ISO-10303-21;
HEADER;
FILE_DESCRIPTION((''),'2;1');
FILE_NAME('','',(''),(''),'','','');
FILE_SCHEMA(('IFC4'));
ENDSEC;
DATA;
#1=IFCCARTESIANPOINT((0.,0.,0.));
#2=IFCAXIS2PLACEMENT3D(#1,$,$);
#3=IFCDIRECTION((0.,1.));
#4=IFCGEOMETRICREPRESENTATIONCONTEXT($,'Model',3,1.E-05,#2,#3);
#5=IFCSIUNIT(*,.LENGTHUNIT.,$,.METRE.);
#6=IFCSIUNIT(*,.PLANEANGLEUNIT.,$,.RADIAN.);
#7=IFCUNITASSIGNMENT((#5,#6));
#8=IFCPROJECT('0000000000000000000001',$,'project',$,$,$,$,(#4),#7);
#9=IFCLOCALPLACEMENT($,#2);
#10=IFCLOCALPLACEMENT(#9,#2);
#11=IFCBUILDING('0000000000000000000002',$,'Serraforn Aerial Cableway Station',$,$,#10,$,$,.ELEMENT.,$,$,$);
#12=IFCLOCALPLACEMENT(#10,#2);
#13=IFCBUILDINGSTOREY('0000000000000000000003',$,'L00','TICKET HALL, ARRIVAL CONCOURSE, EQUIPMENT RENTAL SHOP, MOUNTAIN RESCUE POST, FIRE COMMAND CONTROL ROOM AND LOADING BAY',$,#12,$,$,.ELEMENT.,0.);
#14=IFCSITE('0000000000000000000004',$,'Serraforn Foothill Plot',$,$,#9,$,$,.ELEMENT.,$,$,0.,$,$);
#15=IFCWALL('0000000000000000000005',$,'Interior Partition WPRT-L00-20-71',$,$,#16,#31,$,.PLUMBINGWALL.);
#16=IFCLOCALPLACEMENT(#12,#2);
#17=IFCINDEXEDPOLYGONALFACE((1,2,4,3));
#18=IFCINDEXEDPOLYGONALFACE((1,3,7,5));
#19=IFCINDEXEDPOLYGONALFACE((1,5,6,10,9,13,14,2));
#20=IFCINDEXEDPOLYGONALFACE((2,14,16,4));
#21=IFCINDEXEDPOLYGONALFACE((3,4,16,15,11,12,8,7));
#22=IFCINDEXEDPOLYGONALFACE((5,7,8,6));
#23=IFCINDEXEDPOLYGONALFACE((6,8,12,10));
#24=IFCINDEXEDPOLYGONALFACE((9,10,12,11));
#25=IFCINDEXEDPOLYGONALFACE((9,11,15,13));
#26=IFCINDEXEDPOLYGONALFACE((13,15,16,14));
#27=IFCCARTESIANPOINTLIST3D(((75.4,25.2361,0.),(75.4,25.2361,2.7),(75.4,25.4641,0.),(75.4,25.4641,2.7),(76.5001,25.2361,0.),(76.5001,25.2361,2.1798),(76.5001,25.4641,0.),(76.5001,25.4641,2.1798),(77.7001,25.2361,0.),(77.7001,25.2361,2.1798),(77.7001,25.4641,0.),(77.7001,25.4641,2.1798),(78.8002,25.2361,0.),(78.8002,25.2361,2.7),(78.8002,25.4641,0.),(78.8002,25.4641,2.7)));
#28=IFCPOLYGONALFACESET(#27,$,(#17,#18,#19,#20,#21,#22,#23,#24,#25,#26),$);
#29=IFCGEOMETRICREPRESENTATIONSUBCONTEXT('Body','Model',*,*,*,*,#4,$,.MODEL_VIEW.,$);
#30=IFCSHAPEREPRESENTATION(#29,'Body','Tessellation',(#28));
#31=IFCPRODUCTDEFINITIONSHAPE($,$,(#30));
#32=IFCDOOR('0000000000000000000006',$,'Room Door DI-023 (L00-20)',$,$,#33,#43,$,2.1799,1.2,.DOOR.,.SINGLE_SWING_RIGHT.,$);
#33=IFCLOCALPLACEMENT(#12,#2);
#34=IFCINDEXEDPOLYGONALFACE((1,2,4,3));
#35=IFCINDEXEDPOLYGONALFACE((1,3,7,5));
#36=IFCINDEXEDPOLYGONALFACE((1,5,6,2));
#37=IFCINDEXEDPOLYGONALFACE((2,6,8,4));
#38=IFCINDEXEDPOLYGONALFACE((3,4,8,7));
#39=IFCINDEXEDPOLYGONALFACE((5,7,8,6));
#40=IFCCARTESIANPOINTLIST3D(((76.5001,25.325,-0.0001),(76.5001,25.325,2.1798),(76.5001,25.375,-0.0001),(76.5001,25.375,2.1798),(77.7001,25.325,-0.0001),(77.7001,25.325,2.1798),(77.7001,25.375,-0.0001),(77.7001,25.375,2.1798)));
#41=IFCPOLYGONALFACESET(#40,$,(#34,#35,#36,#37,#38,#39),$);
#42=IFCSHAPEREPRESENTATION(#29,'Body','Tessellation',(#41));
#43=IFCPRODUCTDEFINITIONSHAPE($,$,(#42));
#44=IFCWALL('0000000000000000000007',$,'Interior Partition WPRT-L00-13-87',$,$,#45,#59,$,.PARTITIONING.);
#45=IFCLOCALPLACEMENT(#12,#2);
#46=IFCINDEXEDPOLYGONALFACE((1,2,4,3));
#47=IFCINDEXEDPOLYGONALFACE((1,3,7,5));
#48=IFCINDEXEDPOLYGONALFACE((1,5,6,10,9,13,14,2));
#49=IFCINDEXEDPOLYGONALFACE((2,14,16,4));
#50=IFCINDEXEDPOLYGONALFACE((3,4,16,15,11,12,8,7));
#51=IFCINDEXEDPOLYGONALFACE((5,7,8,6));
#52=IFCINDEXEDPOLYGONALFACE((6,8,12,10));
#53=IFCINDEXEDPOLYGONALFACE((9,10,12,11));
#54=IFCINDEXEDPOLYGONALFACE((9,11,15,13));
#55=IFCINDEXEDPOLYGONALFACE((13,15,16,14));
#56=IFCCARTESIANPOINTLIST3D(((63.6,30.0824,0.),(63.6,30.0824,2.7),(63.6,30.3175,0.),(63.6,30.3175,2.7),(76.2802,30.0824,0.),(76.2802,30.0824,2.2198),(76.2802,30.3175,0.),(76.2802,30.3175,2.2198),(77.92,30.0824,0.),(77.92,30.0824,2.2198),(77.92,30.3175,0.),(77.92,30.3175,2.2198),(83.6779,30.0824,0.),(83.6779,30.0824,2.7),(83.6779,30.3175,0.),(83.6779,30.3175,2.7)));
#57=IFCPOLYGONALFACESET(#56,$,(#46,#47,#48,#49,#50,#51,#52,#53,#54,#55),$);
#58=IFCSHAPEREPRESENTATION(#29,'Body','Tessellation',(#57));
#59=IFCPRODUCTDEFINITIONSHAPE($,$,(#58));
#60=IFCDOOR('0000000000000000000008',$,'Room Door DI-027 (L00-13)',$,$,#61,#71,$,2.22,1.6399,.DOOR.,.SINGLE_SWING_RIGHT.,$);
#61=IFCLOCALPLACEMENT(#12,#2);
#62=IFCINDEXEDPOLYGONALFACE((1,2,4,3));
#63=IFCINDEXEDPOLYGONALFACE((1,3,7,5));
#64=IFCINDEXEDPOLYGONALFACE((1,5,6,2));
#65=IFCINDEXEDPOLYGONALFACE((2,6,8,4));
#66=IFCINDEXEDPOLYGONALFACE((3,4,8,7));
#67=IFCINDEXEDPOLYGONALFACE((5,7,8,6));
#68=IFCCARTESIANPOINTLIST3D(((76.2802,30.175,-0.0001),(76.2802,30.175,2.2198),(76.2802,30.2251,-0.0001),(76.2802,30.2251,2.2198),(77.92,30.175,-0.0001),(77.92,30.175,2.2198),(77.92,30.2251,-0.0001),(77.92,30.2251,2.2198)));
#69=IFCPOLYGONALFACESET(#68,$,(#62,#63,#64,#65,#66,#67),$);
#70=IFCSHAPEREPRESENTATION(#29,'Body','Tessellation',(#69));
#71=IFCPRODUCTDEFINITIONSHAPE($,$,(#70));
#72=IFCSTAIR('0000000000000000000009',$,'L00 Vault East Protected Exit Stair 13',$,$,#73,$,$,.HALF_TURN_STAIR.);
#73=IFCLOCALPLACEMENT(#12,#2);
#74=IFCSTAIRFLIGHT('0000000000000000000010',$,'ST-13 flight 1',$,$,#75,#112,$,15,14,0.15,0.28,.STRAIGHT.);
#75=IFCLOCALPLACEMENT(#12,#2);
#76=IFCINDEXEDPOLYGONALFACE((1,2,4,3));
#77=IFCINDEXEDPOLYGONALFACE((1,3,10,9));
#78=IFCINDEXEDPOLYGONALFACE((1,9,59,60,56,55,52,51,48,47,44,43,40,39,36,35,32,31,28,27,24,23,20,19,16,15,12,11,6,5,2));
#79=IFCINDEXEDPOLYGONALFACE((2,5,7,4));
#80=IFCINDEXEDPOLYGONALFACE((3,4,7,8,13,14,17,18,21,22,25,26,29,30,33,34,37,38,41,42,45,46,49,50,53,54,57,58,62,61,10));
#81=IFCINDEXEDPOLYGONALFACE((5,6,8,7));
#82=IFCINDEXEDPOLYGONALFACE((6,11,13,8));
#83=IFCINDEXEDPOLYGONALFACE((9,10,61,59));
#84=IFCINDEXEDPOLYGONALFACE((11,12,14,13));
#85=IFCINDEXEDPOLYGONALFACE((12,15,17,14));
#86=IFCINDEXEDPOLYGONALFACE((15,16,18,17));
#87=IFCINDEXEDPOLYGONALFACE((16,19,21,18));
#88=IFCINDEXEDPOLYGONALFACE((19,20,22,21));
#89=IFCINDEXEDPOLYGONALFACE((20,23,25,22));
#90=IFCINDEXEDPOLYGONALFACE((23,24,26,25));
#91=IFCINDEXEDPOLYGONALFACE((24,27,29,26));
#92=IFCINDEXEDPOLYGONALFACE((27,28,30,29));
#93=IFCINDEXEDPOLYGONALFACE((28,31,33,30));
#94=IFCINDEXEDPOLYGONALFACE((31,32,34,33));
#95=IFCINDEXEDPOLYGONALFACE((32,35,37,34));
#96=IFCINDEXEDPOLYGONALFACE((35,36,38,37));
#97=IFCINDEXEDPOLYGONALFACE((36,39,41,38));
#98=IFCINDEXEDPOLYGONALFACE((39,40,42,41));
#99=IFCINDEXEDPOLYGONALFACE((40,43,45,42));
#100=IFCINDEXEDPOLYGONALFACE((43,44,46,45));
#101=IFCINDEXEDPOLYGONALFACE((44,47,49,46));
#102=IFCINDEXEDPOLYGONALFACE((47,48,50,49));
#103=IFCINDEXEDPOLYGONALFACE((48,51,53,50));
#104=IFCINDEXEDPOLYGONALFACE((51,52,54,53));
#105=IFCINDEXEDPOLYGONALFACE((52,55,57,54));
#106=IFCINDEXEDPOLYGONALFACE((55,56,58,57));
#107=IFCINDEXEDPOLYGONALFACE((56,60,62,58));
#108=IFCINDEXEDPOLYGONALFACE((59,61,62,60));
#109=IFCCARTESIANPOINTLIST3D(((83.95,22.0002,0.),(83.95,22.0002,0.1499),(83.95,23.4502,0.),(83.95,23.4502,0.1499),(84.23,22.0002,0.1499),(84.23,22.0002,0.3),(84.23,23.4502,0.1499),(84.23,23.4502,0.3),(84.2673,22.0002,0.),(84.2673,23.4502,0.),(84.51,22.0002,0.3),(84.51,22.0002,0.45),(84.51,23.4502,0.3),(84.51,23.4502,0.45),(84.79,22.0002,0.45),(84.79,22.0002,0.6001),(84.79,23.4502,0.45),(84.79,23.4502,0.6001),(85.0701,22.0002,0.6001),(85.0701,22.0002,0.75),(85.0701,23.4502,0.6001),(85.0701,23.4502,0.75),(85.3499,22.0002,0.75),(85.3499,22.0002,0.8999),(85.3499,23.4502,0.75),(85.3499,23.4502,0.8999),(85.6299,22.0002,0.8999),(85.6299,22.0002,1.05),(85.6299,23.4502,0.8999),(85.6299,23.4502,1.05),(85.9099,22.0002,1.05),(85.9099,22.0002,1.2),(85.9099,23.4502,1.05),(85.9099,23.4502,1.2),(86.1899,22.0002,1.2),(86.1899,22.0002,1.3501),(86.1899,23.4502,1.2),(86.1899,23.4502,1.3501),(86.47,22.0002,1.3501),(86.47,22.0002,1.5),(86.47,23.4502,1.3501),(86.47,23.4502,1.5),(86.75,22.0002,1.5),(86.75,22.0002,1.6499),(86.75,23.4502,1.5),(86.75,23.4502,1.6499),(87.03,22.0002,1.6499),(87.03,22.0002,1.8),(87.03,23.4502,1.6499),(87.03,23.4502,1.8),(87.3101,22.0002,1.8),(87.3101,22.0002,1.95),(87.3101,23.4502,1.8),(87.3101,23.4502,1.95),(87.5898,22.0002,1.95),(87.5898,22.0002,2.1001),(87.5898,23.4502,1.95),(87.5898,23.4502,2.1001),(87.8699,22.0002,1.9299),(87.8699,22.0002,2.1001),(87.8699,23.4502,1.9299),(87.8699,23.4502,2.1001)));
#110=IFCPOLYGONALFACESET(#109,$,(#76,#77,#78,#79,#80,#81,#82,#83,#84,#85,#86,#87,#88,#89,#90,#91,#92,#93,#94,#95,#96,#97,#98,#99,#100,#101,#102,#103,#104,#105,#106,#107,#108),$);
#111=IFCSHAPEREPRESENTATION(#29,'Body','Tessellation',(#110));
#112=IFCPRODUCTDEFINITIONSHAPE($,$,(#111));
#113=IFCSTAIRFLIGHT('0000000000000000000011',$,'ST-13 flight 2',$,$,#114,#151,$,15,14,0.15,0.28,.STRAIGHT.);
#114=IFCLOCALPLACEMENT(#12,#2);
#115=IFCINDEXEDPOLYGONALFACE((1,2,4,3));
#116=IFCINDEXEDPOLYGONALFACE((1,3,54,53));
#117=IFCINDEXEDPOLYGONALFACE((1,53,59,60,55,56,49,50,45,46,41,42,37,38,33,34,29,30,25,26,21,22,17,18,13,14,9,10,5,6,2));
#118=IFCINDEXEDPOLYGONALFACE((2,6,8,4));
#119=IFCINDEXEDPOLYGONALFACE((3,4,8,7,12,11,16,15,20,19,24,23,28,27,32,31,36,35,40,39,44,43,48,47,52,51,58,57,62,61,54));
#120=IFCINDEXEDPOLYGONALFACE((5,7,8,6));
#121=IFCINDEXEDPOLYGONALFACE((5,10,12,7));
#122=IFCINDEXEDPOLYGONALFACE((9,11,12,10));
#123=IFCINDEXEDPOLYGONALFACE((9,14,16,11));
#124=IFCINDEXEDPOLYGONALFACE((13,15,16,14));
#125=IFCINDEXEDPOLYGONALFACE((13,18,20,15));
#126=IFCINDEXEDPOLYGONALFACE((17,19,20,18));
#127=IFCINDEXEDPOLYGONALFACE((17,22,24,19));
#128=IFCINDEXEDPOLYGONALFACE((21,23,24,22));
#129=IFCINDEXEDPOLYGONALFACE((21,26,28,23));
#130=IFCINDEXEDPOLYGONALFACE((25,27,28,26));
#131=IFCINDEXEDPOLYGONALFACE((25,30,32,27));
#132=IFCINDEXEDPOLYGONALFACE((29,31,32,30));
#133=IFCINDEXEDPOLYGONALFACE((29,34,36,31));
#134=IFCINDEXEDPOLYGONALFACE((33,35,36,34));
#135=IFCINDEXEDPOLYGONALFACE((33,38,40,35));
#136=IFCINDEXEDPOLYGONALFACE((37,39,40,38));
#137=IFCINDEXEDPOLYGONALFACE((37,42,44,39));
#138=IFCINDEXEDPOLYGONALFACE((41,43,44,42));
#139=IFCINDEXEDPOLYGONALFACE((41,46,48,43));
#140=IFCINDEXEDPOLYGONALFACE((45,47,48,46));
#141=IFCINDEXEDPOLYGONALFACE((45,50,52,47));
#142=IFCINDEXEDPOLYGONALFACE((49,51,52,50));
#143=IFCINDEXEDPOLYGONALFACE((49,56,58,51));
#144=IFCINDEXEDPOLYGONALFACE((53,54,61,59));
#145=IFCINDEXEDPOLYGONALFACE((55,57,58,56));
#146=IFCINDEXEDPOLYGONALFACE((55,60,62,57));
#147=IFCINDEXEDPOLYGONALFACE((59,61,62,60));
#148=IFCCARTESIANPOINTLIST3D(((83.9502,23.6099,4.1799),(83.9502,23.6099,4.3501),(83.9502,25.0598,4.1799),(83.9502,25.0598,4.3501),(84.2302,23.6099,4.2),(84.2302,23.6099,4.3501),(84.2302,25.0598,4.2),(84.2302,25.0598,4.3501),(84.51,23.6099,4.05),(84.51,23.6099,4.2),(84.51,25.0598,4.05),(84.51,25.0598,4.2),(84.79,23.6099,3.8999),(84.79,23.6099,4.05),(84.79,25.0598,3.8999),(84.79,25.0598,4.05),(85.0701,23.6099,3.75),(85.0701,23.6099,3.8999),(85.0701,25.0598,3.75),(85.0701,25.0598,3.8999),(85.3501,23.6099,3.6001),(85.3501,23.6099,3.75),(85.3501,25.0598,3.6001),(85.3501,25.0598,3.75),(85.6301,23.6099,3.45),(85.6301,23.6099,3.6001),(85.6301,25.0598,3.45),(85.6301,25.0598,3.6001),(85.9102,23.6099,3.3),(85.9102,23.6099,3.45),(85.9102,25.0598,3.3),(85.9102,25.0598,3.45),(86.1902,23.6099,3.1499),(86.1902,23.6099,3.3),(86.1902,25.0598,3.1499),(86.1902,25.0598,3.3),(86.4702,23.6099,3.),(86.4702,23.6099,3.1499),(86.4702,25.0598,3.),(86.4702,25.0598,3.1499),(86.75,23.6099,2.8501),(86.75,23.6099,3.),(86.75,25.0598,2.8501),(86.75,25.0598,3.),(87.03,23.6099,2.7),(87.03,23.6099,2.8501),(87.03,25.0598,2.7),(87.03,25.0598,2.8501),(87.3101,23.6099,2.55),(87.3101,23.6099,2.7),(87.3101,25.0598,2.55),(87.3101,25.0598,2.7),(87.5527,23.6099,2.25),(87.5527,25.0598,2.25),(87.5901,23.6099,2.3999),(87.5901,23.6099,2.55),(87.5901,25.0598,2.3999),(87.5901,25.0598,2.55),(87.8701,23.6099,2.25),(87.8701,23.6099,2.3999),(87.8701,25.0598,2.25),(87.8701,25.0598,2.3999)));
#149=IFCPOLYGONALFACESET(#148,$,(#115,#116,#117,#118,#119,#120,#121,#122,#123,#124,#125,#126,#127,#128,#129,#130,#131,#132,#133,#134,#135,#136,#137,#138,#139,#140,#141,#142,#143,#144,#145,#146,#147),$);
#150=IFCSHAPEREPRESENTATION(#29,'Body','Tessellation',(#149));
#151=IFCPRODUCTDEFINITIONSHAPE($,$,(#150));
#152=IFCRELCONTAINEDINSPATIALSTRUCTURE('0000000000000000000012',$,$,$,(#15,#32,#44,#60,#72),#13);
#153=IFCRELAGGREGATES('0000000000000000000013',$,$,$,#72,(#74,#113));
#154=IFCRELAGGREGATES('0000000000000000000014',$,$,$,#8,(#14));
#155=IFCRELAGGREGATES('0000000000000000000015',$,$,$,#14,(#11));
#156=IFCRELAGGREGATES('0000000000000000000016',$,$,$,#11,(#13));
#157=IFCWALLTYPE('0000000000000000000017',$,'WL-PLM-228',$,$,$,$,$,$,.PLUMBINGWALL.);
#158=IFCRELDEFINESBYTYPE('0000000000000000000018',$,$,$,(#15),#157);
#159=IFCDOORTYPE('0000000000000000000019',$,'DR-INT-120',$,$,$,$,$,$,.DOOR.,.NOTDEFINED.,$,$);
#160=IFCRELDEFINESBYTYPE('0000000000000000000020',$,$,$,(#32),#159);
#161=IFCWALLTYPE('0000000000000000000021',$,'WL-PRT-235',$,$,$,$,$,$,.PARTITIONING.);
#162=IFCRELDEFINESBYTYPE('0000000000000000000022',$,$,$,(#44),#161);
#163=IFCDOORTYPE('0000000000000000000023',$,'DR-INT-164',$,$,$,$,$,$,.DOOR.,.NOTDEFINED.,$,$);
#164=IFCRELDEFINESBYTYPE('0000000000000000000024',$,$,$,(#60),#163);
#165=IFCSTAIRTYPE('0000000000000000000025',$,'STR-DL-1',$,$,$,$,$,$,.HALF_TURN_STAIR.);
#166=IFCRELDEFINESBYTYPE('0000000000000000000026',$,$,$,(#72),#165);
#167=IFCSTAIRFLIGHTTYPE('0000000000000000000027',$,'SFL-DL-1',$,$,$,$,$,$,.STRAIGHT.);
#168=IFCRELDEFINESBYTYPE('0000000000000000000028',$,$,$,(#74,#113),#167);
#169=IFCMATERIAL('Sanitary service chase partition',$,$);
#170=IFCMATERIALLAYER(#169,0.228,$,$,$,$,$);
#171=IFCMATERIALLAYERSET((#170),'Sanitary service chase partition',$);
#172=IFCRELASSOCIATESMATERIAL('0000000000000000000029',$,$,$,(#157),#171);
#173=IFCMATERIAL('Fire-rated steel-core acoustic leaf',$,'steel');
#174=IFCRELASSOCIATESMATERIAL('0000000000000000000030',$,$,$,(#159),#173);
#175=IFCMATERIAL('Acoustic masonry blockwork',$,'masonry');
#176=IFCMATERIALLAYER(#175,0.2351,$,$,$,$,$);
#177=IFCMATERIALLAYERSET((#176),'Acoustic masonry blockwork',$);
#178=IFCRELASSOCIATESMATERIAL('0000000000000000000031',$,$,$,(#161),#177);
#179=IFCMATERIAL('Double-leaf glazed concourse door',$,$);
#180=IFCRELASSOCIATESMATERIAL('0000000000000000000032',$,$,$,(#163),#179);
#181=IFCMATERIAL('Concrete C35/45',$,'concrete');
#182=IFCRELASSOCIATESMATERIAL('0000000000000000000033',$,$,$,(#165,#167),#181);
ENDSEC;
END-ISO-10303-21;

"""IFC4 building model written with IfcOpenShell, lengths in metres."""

from ifc_helpers import new_model, si_unit, direction, frame, frame_2d, origin, place, context, subcontext, project, spatial, polyline, rectangle, outline, extrude, material, layer, layer_set, type_object, element, fill, aggregate, save


model = new_model("IFC4")

# Units and contexts
model_context = context("Model", 3, precision=1e-05, world=origin(), true_north=direction((0.0, 1.0)))
body_context = subcontext(model_context, "Body", "Model", "MODEL_VIEW")
ifc_project = project(units=[si_unit("LENGTHUNIT", "METRE"), si_unit("PLANEANGLEUNIT", "RADIAN")], contexts=[model_context])

# Site, building, storey
site_placement = place(None, origin())
site = spatial("IfcSite", under=ifc_project, at=site_placement, Name="Serraforn Foothill Plot", CompositionType="ELEMENT", RefElevation=0.0)
building_placement = place(site_placement, origin())
building = spatial("IfcBuilding", under=site, at=building_placement, Name="Serraforn Aerial Cableway Station", CompositionType="ELEMENT")
storey_placement = place(building_placement, origin())
storey = spatial("IfcBuildingStorey", under=building, at=storey_placement, Name="L00", Description="TICKET HALL, ARRIVAL CONCOURSE, EQUIPMENT RENTAL SHOP, MOUNTAIN RESCUE POST, FIRE COMMAND CONTROL ROOM AND LOADING BAY", CompositionType="ELEMENT", Elevation=0.0)

# Shared definitions
ifc_material_1 = material(Name="Concrete C35/45", Category="concrete")

# Shared definitions
ifc_material_2 = material(Name="Fire-rated steel-core acoustic leaf", Category="steel")

# Walls, openings, doors
ifc_material_3 = material(Name="Sanitary service chase partition")
ifc_layer_1 = layer(ifc_material_3, 0.228)
ifc_layer_set_1 = layer_set([ifc_layer_1], Name="Sanitary service chase partition")
wall_type_1 = type_object("IfcWallType", Name="WL-PLM-228", PredefinedType="PLUMBINGWALL", material=ifc_layer_set_1)
wall_1_placement = place(storey_placement, frame((75.3999, 25.3501, 0.0), z_axis=(0.0, 0.0, 1.0), x_axis=(1.0, 0.0, 0.0)))
wall_1 = element("IfcWall", 1, at=wall_1_placement, inside=storey, type_object=wall_type_1, Name="Interior Partition WPRT-L00-20-71", PredefinedType="PLUMBINGWALL", context=body_context, shape_type="SweptSolid", body=[
    extrude(rectangle(XDim=3.4001, YDim=0.228, at=frame_2d((1.7002, 0.0))), origin(), (0.0, 0.0, 1.0), 2.7),
])
opening_1_placement = place(wall_1_placement, frame((1.1001, 0.0, 0.0)))
opening_1 = element("IfcOpeningElement", 2, at=opening_1_placement, cuts=wall_1, PredefinedType="OPENING", context=body_context, shape_type="SweptSolid", body=[
    extrude(rectangle(XDim=1.2, YDim=2.1799, at=frame_2d((0.6001, 1.0898))), frame((0.0, 0.124, 0.0), z_axis=(0.0, -1.0, 0.0), x_axis=(1.0, 0.0, 0.0)), (0.0, 0.0, 1.0), 0.248),
])
door_type_1 = type_object("IfcDoorType", Name="DR-INT-120", OperationType="NOTDEFINED", PredefinedType="DOOR", material=ifc_material_2)
door_1_placement = place(opening_1_placement, origin())
door_1 = element("IfcDoor", 3, at=door_1_placement, inside=storey, type_object=door_type_1, Name="Room Door DI-023 (L00-20)", OperationType="SINGLE_SWING_RIGHT", OverallHeight=2.1799, OverallWidth=1.2, PredefinedType="DOOR", context=body_context, shape_type="SweptSolid", body=[
    extrude(rectangle(XDim=1.2, YDim=2.1799, at=frame_2d((0.6001, 1.0898))), frame((0.0, 0.0249, 0.0), z_axis=(0.0, -1.0, 0.0), x_axis=(1.0, 0.0, 0.0)), (0.0, 0.0, 1.0), 0.05),
])
fill(opening_1, door_1)
ifc_material_4 = material(Name="Acoustic masonry blockwork", Category="masonry")
ifc_layer_2 = layer(ifc_material_4, 0.2351)
ifc_layer_set_2 = layer_set([ifc_layer_2], Name="Acoustic masonry blockwork")
wall_type_2 = type_object("IfcWallType", Name="WL-PRT-235", PredefinedType="PARTITIONING", material=ifc_layer_set_2)
wall_2_placement = place(storey_placement, frame((83.678, 30.2, 0.0), z_axis=(0.0, 0.0, 1.0), x_axis=(-1.0, 0.0, 0.0)))
wall_2 = element("IfcWall", 4, at=wall_2_placement, inside=storey, type_object=wall_type_2, Name="Interior Partition WPRT-L00-13-87", PredefinedType="PARTITIONING", context=body_context, shape_type="SweptSolid", body=[
    extrude(rectangle(XDim=20.0779, YDim=0.2351, at=frame_2d((10.0391, 0.0))), origin(), (0.0, 0.0, 1.0), 2.7),
])
opening_2_placement = place(wall_2_placement, frame((5.7581, 0.0, 0.0)))
opening_2 = element("IfcOpeningElement", 5, at=opening_2_placement, cuts=wall_2, PredefinedType="OPENING", context=body_context, shape_type="SweptSolid", body=[
    extrude(rectangle(XDim=1.6399, YDim=2.22, at=frame_2d((0.8198, 1.1099))), frame((0.0, 0.1274, 0.0), z_axis=(0.0, -1.0, 0.0), x_axis=(1.0, 0.0, 0.0)), (0.0, 0.0, 1.0), 0.2551),
])
ifc_material_5 = material(Name="Double-leaf glazed concourse door")
door_type_2 = type_object("IfcDoorType", Name="DR-INT-164", OperationType="NOTDEFINED", PredefinedType="DOOR", material=ifc_material_5)
door_2_placement = place(opening_2_placement, origin())
door_2 = element("IfcDoor", 6, at=door_2_placement, inside=storey, type_object=door_type_2, Name="Room Door DI-027 (L00-13)", OperationType="SINGLE_SWING_RIGHT", OverallHeight=2.22, OverallWidth=1.6399, PredefinedType="DOOR", context=body_context, shape_type="SweptSolid", body=[
    extrude(rectangle(XDim=1.6399, YDim=2.22, at=frame_2d((0.8198, 1.1099))), frame((0.0, 0.0249, 0.0), z_axis=(0.0, -1.0, 0.0), x_axis=(1.0, 0.0, 0.0)), (0.0, 0.0, 1.0), 0.05),
])
fill(opening_2, door_2)

# Stair, stair flights
stair_type = type_object("IfcStairType", Name="STR-DL-1", PredefinedType="HALF_TURN_STAIR", material=ifc_material_1)
stair_placement = place(storey_placement, origin())
stair = element("IfcStair", 7, at=stair_placement, inside=storey, type_object=stair_type, Name="L00 Vault East Protected Exit Stair 13", PredefinedType="HALF_TURN_STAIR")
stair_flight_type = type_object("IfcStairFlightType", Name="SFL-DL-1", PredefinedType="STRAIGHT", material=ifc_material_1)
stair_flight_1_placement = place(storey_placement, frame((83.95, 22.7251, 0.0), z_axis=(0.0, 0.0, 1.0), x_axis=(1.0, 0.0, 0.0)))
stair_flight_1 = element("IfcStairFlight", 8, at=stair_flight_1_placement, type_object=stair_flight_type, Name="ST-13 flight 1", NumberOfRisers=15, NumberOfTreads=14, PredefinedType="STRAIGHT", RiserHeight=0.15, TreadLength=0.28, context=body_context, shape_type="SweptSolid", body=[
    extrude(outline(polyline([(0.0, 0.0), (0.0, 0.1499), (0.28, 0.1499), (0.28, 0.3), (0.5601, 0.3), (0.5601, 0.45), (0.8401, 0.45), (0.8401, 0.6001), (1.1201, 0.6001), (1.1201, 0.75), (1.3999, 0.75), (1.3999, 0.8999), (1.6799, 0.8999), (1.6799, 1.05), (1.96, 1.05), (1.96, 1.2), (2.24, 1.2), (2.24, 1.3501), (2.52, 1.3501), (2.52, 1.5), (2.8, 1.5), (2.8, 1.6499), (3.0801, 1.6499), (3.0801, 1.8), (3.3601, 1.8), (3.3601, 1.95), (3.6399, 1.95), (3.6399, 2.1001), (3.9199, 2.1001), (3.9199, 2.25), (3.9199, 1.9299), (0.3174, 0.0), (0.0, 0.0)])), frame((0.0, 0.7251, 0.0), z_axis=(0.0, -1.0, 0.0), x_axis=(1.0, 0.0, 0.0)), (0.0, 0.0, 1.0), 1.45),
])
stair_flight_2_placement = place(storey_placement, frame((87.8701, 24.335, 2.25), z_axis=(0.0, 0.0, 1.0), x_axis=(-1.0, 0.0, 0.0)))
stair_flight_2 = element("IfcStairFlight", 9, at=stair_flight_2_placement, type_object=stair_flight_type, Name="ST-13 flight 2", NumberOfRisers=15, NumberOfTreads=14, PredefinedType="STRAIGHT", RiserHeight=0.15, TreadLength=0.28, context=body_context, shape_type="SweptSolid", body=[
    extrude(outline(polyline([(0.0, 0.0), (0.0, 0.1499), (0.28, 0.1499), (0.28, 0.3), (0.5601, 0.3), (0.5601, 0.45), (0.8401, 0.45), (0.8401, 0.6001), (1.1201, 0.6001), (1.1201, 0.75), (1.3999, 0.75), (1.3999, 0.8999), (1.6799, 0.8999), (1.6799, 1.05), (1.96, 1.05), (1.96, 1.2), (2.24, 1.2), (2.24, 1.3501), (2.52, 1.3501), (2.52, 1.5), (2.8, 1.5), (2.8, 1.6499), (3.0801, 1.6499), (3.0801, 1.8), (3.3601, 1.8), (3.3601, 1.95), (3.6399, 1.95), (3.6399, 2.1001), (3.9199, 2.1001), (3.9199, 2.25), (3.9199, 1.9299), (0.3174, 0.0), (0.0, 0.0)])), frame((0.0, 0.7251, 0.0), z_axis=(0.0, -1.0, 0.0), x_axis=(1.0, 0.0, 0.0)), (0.0, 0.0, 1.0), 1.45),
])
aggregate(stair, [stair_flight_1, stair_flight_2])

save(model, "model.ifc")
